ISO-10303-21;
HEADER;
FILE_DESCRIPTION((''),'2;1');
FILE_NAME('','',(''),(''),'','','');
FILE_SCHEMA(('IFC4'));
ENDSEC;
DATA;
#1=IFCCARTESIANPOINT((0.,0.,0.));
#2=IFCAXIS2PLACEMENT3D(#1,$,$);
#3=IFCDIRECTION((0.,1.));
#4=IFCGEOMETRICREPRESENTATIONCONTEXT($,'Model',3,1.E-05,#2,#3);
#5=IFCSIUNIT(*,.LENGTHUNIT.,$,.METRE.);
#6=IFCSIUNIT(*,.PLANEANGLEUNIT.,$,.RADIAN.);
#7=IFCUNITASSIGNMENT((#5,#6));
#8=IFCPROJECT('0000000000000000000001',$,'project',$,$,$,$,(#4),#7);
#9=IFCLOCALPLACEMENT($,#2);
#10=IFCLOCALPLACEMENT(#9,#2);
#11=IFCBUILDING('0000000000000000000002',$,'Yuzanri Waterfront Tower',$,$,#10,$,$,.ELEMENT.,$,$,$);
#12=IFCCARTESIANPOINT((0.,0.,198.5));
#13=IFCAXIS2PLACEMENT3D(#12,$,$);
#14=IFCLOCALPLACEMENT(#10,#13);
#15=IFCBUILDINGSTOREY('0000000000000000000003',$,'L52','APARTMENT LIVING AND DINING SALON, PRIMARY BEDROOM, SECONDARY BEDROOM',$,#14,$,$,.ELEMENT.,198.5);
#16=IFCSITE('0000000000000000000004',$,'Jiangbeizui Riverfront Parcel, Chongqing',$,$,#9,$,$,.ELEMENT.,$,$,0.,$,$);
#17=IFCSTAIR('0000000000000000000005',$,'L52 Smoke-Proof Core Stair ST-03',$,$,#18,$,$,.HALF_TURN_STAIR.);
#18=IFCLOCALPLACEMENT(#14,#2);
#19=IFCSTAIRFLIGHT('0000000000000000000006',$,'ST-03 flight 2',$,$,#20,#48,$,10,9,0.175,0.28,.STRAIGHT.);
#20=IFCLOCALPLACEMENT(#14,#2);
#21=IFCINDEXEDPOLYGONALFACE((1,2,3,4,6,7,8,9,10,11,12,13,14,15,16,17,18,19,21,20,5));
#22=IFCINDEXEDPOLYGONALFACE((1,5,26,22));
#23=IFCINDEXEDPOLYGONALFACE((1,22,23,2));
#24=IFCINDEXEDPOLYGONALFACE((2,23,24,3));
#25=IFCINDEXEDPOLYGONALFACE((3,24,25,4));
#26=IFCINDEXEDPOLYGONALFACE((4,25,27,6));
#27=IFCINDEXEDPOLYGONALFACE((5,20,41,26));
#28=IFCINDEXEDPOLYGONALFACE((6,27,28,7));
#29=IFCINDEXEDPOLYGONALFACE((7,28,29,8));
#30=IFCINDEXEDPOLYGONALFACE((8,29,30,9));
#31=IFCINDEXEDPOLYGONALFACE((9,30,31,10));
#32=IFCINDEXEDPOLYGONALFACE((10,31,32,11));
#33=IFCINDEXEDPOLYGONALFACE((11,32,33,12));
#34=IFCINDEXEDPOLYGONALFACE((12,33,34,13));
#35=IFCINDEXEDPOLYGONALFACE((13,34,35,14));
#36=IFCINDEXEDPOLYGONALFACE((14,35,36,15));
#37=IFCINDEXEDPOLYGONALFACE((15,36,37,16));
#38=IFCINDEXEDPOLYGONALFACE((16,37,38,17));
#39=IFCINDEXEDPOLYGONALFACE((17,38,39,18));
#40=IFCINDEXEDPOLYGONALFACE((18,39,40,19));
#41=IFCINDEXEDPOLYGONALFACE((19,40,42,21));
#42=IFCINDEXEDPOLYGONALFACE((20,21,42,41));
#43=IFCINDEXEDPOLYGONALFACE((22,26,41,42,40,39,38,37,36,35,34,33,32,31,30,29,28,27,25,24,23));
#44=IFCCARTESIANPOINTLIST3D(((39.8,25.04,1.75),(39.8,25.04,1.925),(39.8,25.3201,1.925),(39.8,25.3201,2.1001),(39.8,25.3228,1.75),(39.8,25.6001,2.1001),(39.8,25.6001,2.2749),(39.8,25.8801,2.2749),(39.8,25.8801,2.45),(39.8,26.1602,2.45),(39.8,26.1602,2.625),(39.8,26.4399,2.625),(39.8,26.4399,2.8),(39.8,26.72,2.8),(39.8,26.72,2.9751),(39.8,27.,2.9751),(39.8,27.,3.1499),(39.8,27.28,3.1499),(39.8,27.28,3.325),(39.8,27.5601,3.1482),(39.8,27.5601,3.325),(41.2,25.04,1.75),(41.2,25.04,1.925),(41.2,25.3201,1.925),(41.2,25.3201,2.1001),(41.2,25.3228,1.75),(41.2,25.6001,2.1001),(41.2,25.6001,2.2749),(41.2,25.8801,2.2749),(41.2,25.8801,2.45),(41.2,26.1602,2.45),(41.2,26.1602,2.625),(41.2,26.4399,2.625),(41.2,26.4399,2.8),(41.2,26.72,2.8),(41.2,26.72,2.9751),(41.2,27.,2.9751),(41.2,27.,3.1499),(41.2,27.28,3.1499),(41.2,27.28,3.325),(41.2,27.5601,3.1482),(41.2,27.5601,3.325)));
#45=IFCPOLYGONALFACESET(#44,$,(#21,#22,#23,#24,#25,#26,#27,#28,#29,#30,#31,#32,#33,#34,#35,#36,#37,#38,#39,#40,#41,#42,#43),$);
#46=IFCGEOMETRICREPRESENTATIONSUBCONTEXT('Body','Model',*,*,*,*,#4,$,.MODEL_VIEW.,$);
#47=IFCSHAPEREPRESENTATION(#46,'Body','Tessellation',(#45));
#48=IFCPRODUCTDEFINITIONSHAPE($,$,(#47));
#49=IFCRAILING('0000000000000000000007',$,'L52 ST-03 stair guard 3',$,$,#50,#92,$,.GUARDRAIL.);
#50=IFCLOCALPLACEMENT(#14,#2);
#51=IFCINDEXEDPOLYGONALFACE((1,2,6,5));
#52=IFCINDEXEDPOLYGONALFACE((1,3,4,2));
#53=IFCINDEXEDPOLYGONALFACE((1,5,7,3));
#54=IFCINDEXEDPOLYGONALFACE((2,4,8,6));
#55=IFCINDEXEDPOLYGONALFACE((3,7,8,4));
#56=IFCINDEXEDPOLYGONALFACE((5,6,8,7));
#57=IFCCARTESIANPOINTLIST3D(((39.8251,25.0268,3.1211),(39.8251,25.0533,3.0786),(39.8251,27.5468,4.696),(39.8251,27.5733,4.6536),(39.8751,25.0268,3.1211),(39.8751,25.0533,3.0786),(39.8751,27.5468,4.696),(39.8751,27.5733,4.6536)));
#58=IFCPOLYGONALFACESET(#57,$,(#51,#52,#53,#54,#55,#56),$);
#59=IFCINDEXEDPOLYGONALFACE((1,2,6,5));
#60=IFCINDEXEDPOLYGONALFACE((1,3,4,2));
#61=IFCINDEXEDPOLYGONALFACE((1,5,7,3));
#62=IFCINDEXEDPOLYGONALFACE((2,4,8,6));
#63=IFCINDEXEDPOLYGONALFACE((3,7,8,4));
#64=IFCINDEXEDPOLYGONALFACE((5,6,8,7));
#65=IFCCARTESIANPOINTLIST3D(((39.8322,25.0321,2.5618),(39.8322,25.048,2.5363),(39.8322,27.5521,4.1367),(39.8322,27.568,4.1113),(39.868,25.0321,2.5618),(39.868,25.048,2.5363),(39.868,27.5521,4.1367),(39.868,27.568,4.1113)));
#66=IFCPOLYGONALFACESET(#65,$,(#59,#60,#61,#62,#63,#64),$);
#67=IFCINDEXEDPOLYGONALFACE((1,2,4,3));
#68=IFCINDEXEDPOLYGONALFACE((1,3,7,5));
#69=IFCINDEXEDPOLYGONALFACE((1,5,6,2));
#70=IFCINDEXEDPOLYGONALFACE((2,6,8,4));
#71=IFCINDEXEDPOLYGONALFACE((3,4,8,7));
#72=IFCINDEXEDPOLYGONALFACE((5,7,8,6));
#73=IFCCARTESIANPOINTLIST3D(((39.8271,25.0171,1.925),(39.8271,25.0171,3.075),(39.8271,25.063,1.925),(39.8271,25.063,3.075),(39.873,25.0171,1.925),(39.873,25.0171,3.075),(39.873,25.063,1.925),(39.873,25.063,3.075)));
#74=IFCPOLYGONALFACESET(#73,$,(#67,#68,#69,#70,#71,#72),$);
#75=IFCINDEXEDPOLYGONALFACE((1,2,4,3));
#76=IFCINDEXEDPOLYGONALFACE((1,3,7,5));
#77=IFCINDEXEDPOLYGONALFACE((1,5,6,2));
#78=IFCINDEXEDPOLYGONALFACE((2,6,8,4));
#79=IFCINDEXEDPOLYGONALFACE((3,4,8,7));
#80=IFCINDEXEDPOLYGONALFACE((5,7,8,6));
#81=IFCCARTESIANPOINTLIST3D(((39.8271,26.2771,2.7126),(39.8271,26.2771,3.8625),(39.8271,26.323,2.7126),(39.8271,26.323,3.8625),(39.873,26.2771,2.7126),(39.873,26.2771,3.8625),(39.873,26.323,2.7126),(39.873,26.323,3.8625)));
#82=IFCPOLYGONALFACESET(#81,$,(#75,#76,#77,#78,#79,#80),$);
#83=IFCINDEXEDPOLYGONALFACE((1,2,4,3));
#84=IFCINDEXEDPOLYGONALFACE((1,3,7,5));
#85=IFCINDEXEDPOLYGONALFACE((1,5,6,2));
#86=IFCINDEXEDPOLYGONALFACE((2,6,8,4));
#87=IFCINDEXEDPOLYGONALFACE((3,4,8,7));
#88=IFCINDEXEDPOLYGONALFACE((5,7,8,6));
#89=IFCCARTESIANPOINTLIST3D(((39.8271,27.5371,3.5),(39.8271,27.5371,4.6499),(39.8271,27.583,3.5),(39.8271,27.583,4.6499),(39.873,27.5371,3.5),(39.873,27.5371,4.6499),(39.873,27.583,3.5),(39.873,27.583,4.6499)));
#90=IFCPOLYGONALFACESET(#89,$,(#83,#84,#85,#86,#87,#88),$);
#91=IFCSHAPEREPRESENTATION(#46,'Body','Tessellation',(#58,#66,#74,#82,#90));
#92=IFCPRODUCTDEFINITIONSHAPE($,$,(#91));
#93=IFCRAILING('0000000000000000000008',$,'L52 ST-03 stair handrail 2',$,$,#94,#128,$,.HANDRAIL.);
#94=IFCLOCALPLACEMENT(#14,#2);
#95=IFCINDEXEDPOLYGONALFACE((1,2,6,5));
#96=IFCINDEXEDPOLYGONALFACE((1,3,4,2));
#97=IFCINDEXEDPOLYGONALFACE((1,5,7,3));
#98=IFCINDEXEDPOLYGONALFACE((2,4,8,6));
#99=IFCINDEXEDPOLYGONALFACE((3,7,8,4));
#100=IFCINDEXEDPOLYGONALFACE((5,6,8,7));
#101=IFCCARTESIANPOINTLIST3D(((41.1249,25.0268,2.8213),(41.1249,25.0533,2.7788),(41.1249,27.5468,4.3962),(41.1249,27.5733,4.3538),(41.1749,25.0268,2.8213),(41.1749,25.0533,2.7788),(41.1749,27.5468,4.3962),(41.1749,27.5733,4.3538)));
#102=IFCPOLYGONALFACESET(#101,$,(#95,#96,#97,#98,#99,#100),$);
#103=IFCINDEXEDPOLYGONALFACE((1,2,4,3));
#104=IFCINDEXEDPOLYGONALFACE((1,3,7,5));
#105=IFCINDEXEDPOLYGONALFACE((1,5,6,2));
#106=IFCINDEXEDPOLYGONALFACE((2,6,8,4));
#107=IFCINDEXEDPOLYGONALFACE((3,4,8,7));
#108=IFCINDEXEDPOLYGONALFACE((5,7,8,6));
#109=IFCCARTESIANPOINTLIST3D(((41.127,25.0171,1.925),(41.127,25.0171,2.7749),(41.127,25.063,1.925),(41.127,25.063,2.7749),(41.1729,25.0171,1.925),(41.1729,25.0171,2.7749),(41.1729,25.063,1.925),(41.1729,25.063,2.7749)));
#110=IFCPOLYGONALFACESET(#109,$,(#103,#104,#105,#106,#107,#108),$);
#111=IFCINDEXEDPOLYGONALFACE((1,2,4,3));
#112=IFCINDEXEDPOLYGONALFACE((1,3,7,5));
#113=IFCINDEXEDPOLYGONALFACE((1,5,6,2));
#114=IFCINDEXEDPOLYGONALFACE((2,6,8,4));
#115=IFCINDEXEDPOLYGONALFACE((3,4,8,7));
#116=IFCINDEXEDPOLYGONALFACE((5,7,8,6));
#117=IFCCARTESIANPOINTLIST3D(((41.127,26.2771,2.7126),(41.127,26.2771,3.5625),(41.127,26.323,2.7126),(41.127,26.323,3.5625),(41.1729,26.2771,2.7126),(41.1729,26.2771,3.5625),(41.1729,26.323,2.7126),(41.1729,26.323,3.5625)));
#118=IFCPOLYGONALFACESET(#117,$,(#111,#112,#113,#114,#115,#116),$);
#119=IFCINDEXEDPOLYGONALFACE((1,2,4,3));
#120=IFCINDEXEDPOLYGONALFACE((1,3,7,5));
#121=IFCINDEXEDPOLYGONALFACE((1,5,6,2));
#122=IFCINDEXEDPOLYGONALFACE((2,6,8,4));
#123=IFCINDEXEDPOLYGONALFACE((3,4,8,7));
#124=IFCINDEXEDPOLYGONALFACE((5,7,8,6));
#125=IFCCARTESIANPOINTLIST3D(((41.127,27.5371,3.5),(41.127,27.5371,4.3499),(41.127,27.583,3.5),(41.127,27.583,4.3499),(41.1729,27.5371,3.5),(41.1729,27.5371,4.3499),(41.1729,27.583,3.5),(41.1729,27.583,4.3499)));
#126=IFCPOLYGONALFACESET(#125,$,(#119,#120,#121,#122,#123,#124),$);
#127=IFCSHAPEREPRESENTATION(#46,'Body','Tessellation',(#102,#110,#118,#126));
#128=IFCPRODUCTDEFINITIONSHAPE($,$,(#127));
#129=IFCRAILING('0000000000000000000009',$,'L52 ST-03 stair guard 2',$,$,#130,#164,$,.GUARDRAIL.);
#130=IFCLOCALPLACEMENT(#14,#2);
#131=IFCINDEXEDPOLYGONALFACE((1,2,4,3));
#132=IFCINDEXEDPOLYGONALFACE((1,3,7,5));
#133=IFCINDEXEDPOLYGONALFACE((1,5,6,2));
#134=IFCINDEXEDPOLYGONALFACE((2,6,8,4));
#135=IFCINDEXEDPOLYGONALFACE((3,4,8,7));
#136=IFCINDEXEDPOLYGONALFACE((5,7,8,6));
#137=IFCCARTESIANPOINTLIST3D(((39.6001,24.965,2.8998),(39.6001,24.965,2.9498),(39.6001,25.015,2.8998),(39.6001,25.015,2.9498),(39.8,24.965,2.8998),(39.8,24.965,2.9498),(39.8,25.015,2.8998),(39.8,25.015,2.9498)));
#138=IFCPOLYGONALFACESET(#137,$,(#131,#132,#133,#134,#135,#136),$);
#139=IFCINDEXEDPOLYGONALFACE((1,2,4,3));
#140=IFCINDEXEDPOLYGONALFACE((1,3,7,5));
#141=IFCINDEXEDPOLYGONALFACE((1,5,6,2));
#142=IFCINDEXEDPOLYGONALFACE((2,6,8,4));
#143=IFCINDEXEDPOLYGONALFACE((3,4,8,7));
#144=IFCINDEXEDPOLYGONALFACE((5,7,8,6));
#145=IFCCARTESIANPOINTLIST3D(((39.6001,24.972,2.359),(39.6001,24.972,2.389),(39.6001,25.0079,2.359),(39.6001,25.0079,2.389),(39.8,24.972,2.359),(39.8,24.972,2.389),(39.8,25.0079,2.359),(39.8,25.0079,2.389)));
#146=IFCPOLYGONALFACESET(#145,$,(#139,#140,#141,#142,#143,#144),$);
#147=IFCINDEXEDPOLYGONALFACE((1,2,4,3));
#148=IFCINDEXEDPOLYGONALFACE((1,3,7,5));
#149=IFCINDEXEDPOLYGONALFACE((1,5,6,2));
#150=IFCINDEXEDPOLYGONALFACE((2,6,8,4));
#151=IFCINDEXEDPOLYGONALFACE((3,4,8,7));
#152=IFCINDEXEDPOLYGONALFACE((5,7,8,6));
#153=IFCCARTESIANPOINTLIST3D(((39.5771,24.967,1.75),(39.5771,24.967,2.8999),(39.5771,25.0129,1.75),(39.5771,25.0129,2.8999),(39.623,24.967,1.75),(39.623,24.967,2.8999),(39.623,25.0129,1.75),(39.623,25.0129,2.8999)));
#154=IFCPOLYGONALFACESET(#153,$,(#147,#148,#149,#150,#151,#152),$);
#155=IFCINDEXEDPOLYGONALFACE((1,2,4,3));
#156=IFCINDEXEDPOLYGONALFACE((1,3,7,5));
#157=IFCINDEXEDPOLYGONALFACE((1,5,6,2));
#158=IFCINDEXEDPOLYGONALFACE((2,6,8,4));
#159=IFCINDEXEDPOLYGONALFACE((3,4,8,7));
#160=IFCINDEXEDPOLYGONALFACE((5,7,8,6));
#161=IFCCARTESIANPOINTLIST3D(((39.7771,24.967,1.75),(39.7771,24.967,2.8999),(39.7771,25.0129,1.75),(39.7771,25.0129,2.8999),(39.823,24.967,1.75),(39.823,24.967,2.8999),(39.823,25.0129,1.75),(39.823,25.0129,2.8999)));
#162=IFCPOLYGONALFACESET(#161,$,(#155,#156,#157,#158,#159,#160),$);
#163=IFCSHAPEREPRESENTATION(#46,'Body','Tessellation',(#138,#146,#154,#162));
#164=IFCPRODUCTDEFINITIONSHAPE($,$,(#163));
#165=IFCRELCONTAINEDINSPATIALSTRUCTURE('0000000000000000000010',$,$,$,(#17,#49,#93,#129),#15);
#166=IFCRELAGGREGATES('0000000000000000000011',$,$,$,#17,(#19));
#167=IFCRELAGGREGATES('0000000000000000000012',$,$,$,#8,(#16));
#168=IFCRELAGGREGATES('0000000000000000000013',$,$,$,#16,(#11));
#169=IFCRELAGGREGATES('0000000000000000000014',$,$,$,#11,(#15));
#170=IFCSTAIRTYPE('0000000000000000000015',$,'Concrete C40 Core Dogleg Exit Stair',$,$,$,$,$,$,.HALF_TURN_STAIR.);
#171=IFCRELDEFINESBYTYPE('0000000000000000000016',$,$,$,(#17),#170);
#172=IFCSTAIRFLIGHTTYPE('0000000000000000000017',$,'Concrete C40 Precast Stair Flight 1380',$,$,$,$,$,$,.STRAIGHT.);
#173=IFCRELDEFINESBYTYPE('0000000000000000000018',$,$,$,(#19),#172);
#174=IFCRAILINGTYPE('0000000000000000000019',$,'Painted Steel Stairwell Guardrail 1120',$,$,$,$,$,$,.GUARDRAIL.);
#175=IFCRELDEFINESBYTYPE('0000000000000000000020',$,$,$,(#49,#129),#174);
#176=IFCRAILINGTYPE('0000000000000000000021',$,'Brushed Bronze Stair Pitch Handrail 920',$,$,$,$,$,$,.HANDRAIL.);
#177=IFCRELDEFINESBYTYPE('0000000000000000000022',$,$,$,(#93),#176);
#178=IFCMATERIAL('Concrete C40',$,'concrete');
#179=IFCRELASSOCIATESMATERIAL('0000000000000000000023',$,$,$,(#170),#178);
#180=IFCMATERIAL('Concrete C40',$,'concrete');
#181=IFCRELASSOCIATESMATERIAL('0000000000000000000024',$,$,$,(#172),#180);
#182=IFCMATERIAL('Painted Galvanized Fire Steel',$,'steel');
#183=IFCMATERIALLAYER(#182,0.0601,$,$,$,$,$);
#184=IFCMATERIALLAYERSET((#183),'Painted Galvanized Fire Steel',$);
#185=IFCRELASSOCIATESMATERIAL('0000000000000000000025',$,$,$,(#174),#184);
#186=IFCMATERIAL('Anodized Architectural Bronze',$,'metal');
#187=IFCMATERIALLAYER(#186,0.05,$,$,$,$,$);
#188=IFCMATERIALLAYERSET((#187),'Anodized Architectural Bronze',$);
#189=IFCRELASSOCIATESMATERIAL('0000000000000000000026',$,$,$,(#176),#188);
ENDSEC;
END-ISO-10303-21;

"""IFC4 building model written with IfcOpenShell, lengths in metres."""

from ifc_helpers import new_model, si_unit, direction, frame, origin, origin_2d, place, context, subcontext, project, spatial, polyline, rectangle, outline, extrude, source, transform, mapped, material, layer, layer_set, type_object, element, aggregate, save


model = new_model("IFC4")

# Units and contexts
model_context = context("Model", 3, precision=1e-05, world=origin(), true_north=direction((0.0, 1.0)))
body_context = subcontext(model_context, "Body", "Model", "MODEL_VIEW")
ifc_project = project(units=[si_unit("LENGTHUNIT", "METRE"), si_unit("PLANEANGLEUNIT", "RADIAN")], contexts=[model_context])

# Site, building, storey
site_placement = place(None, origin())
site = spatial("IfcSite", under=ifc_project, at=site_placement, Name="Jiangbeizui Riverfront Parcel, Chongqing", CompositionType="ELEMENT", RefElevation=0.0)
building_placement = place(site_placement, origin())
building = spatial("IfcBuilding", under=site, at=building_placement, Name="Yuzanri Waterfront Tower", CompositionType="ELEMENT")
storey_placement = place(building_placement, frame((0.0, 0.0, 198.5)))
storey = spatial("IfcBuildingStorey", under=building, at=storey_placement, Name="L52", Description="APARTMENT LIVING AND DINING SALON, PRIMARY BEDROOM, SECONDARY BEDROOM", CompositionType="ELEMENT", Elevation=198.5)

# Stair, stair flight
ifc_material_1 = material(Name="Concrete C40", Category="concrete")
stair_type = type_object("IfcStairType", Name="Concrete C40 Core Dogleg Exit Stair", PredefinedType="HALF_TURN_STAIR", material=ifc_material_1)
stair_placement = place(storey_placement, origin())
stair = element("IfcStair", 1, at=stair_placement, inside=storey, type_object=stair_type, Name="L52 Smoke-Proof Core Stair ST-03", PredefinedType="HALF_TURN_STAIR")
ifc_material_2 = material(Name="Concrete C40", Category="concrete")
stair_flight_type = type_object("IfcStairFlightType", Name="Concrete C40 Precast Stair Flight 1380", PredefinedType="STRAIGHT", material=ifc_material_2)
shared_shape_1 = source(origin(), body_context, "Body", "SweptSolid", [
    extrude(outline(polyline([(0.0, 0.0), (0.0, 0.175), (0.28, 0.175), (0.28, 0.3501), (0.5601, 0.3501), (0.5601, 0.5249), (0.8401, 0.5249), (0.8401, 0.7), (1.1201, 0.7), (1.1201, 0.875), (1.3999, 0.875), (1.3999, 1.05), (1.6799, 1.05), (1.6799, 1.2251), (1.96, 1.2251), (1.96, 1.3999), (2.24, 1.3999), (2.24, 1.575), (2.52, 1.575), (2.52, 1.75), (2.52, 1.3982), (0.2827, 0.0), (0.0, 0.0)])), frame((0.0, 0.7, 0.0), z_axis=(0.0, -1.0, 0.0), x_axis=(1.0, 0.0, 0.0)), (0.0, 0.0, 1.0), 1.3999),
])
stair_flight_placement = place(storey_placement, frame((40.5, 25.04, 1.75), z_axis=(0.0, 0.0, 1.0), x_axis=(0.0, 1.0, 0.0)))
stair_flight = element("IfcStairFlight", 2, at=stair_flight_placement, type_object=stair_flight_type, Name="ST-03 flight 2", NumberOfRisers=10, NumberOfTreads=9, PredefinedType="STRAIGHT", RiserHeight=0.175, TreadLength=0.28, context=body_context, shape_type="MappedRepresentation", body=[
    mapped(shared_shape_1, transform((0.0, 0.0, 0.0), scale=1.0)),
])
aggregate(stair, [stair_flight])

# Railings
ifc_material_3 = material(Name="Painted Galvanized Fire Steel", Category="steel")
ifc_layer_1 = layer(ifc_material_3, 0.0601)
ifc_layer_set_1 = layer_set([ifc_layer_1], Name="Painted Galvanized Fire Steel")
railing_type_1 = type_object("IfcRailingType", Name="Painted Steel Stairwell Guardrail 1120", PredefinedType="GUARDRAIL", material=ifc_layer_set_1)
shared_shape_2 = source(origin(), body_context, "Body", "SweptSolid", [
    extrude(rectangle(XDim=0.05, YDim=0.05, at=origin_2d()), frame((0.0, 0.0, 1.1748), z_axis=(0.0, 0.848008, 0.529984), x_axis=(-1.0, 0.0, 0.0)), (0.0, 0.0, 1.0), 2.9717),
    extrude(rectangle(XDim=0.0359, YDim=0.03, at=origin_2d()), frame((0.0, 0.0, 0.624), z_axis=(0.0, 0.848008, 0.529984), x_axis=(-1.0, 0.0, 0.0)), (0.0, 0.0, 1.0), 2.9717),
    extrude(rectangle(XDim=0.0459, YDim=0.0459, at=origin_2d()), origin(), (0.0, 0.0, 1.0), 1.1499),
    extrude(rectangle(XDim=0.0459, YDim=0.0459, at=origin_2d()), frame((0.0, 1.26, 0.7876)), (0.0, 0.0, 1.0), 1.1499),
    extrude(rectangle(XDim=0.0459, YDim=0.0459, at=origin_2d()), frame((0.0, 2.52, 1.575)), (0.0, 0.0, 1.0), 1.1499),
])
railing_1_placement = place(storey_placement, frame((39.8501, 25.04, 1.925)))
element("IfcRailing", 3, at=railing_1_placement, inside=storey, type_object=railing_type_1, Name="L52 ST-03 stair guard 3", PredefinedType="GUARDRAIL", context=body_context, shape_type="MappedRepresentation", body=[
    mapped(shared_shape_2, transform((0.0, 0.0, 0.0), scale=1.0)),
])
ifc_material_4 = material(Name="Anodized Architectural Bronze", Category="metal")
ifc_layer_2 = layer(ifc_material_4, 0.05)
ifc_layer_set_2 = layer_set([ifc_layer_2], Name="Anodized Architectural Bronze")
railing_type_2 = type_object("IfcRailingType", Name="Brushed Bronze Stair Pitch Handrail 920", PredefinedType="HANDRAIL", material=ifc_layer_set_2)
shared_shape_3 = source(origin(), body_context, "Body", "SweptSolid", [
    extrude(rectangle(XDim=0.05, YDim=0.05, at=origin_2d()), frame((0.0, 0.0, 0.875), z_axis=(0.0, 0.848008, 0.529984), x_axis=(-1.0, 0.0, 0.0)), (0.0, 0.0, 1.0), 2.9717),
    extrude(rectangle(XDim=0.0459, YDim=0.0459, at=origin_2d()), origin(), (0.0, 0.0, 1.0), 0.8499),
    extrude(rectangle(XDim=0.0459, YDim=0.0459, at=origin_2d()), frame((0.0, 1.26, 0.7876)), (0.0, 0.0, 1.0), 0.8499),
    extrude(rectangle(XDim=0.0459, YDim=0.0459, at=origin_2d()), frame((0.0, 2.52, 1.575)), (0.0, 0.0, 1.0), 0.8499),
])
railing_2_placement = place(storey_placement, frame((41.1499, 25.04, 1.925)))
element("IfcRailing", 4, at=railing_2_placement, inside=storey, type_object=railing_type_2, Name="L52 ST-03 stair handrail 2", PredefinedType="HANDRAIL", context=body_context, shape_type="MappedRepresentation", body=[
    mapped(shared_shape_3, transform((0.0, 0.0, 0.0), scale=1.0)),
])
shared_shape_4 = source(origin(), body_context, "Body", "SweptSolid", [
    extrude(rectangle(XDim=0.05, YDim=0.05, at=origin_2d()), frame((0.0, 0.0, 1.1748), z_axis=(1.0, 0.0, 0.0), x_axis=(0.0, 1.0, 0.0)), (0.0, 0.0, 1.0), 0.2),
    extrude(rectangle(XDim=0.0359, YDim=0.03, at=origin_2d()), frame((0.0, 0.0, 0.624), z_axis=(1.0, 0.0, 0.0), x_axis=(0.0, 1.0, 0.0)), (0.0, 0.0, 1.0), 0.2),
    extrude(rectangle(XDim=0.0459, YDim=0.0459, at=origin_2d()), origin(), (0.0, 0.0, 1.0), 1.1499),
    extrude(rectangle(XDim=0.0459, YDim=0.0459, at=origin_2d()), frame((0.2, 0.0, 0.0)), (0.0, 0.0, 1.0), 1.1499),
])
railing_3_placement = place(storey_placement, frame((39.6001, 24.99, 1.75)))
element("IfcRailing", 5, at=railing_3_placement, inside=storey, type_object=railing_type_1, Name="L52 ST-03 stair guard 2", PredefinedType="GUARDRAIL", context=body_context, shape_type="MappedRepresentation", body=[
    mapped(shared_shape_4, transform((0.0, 0.0, 0.0), scale=1.0)),
])

save(model, "model.ifc")
